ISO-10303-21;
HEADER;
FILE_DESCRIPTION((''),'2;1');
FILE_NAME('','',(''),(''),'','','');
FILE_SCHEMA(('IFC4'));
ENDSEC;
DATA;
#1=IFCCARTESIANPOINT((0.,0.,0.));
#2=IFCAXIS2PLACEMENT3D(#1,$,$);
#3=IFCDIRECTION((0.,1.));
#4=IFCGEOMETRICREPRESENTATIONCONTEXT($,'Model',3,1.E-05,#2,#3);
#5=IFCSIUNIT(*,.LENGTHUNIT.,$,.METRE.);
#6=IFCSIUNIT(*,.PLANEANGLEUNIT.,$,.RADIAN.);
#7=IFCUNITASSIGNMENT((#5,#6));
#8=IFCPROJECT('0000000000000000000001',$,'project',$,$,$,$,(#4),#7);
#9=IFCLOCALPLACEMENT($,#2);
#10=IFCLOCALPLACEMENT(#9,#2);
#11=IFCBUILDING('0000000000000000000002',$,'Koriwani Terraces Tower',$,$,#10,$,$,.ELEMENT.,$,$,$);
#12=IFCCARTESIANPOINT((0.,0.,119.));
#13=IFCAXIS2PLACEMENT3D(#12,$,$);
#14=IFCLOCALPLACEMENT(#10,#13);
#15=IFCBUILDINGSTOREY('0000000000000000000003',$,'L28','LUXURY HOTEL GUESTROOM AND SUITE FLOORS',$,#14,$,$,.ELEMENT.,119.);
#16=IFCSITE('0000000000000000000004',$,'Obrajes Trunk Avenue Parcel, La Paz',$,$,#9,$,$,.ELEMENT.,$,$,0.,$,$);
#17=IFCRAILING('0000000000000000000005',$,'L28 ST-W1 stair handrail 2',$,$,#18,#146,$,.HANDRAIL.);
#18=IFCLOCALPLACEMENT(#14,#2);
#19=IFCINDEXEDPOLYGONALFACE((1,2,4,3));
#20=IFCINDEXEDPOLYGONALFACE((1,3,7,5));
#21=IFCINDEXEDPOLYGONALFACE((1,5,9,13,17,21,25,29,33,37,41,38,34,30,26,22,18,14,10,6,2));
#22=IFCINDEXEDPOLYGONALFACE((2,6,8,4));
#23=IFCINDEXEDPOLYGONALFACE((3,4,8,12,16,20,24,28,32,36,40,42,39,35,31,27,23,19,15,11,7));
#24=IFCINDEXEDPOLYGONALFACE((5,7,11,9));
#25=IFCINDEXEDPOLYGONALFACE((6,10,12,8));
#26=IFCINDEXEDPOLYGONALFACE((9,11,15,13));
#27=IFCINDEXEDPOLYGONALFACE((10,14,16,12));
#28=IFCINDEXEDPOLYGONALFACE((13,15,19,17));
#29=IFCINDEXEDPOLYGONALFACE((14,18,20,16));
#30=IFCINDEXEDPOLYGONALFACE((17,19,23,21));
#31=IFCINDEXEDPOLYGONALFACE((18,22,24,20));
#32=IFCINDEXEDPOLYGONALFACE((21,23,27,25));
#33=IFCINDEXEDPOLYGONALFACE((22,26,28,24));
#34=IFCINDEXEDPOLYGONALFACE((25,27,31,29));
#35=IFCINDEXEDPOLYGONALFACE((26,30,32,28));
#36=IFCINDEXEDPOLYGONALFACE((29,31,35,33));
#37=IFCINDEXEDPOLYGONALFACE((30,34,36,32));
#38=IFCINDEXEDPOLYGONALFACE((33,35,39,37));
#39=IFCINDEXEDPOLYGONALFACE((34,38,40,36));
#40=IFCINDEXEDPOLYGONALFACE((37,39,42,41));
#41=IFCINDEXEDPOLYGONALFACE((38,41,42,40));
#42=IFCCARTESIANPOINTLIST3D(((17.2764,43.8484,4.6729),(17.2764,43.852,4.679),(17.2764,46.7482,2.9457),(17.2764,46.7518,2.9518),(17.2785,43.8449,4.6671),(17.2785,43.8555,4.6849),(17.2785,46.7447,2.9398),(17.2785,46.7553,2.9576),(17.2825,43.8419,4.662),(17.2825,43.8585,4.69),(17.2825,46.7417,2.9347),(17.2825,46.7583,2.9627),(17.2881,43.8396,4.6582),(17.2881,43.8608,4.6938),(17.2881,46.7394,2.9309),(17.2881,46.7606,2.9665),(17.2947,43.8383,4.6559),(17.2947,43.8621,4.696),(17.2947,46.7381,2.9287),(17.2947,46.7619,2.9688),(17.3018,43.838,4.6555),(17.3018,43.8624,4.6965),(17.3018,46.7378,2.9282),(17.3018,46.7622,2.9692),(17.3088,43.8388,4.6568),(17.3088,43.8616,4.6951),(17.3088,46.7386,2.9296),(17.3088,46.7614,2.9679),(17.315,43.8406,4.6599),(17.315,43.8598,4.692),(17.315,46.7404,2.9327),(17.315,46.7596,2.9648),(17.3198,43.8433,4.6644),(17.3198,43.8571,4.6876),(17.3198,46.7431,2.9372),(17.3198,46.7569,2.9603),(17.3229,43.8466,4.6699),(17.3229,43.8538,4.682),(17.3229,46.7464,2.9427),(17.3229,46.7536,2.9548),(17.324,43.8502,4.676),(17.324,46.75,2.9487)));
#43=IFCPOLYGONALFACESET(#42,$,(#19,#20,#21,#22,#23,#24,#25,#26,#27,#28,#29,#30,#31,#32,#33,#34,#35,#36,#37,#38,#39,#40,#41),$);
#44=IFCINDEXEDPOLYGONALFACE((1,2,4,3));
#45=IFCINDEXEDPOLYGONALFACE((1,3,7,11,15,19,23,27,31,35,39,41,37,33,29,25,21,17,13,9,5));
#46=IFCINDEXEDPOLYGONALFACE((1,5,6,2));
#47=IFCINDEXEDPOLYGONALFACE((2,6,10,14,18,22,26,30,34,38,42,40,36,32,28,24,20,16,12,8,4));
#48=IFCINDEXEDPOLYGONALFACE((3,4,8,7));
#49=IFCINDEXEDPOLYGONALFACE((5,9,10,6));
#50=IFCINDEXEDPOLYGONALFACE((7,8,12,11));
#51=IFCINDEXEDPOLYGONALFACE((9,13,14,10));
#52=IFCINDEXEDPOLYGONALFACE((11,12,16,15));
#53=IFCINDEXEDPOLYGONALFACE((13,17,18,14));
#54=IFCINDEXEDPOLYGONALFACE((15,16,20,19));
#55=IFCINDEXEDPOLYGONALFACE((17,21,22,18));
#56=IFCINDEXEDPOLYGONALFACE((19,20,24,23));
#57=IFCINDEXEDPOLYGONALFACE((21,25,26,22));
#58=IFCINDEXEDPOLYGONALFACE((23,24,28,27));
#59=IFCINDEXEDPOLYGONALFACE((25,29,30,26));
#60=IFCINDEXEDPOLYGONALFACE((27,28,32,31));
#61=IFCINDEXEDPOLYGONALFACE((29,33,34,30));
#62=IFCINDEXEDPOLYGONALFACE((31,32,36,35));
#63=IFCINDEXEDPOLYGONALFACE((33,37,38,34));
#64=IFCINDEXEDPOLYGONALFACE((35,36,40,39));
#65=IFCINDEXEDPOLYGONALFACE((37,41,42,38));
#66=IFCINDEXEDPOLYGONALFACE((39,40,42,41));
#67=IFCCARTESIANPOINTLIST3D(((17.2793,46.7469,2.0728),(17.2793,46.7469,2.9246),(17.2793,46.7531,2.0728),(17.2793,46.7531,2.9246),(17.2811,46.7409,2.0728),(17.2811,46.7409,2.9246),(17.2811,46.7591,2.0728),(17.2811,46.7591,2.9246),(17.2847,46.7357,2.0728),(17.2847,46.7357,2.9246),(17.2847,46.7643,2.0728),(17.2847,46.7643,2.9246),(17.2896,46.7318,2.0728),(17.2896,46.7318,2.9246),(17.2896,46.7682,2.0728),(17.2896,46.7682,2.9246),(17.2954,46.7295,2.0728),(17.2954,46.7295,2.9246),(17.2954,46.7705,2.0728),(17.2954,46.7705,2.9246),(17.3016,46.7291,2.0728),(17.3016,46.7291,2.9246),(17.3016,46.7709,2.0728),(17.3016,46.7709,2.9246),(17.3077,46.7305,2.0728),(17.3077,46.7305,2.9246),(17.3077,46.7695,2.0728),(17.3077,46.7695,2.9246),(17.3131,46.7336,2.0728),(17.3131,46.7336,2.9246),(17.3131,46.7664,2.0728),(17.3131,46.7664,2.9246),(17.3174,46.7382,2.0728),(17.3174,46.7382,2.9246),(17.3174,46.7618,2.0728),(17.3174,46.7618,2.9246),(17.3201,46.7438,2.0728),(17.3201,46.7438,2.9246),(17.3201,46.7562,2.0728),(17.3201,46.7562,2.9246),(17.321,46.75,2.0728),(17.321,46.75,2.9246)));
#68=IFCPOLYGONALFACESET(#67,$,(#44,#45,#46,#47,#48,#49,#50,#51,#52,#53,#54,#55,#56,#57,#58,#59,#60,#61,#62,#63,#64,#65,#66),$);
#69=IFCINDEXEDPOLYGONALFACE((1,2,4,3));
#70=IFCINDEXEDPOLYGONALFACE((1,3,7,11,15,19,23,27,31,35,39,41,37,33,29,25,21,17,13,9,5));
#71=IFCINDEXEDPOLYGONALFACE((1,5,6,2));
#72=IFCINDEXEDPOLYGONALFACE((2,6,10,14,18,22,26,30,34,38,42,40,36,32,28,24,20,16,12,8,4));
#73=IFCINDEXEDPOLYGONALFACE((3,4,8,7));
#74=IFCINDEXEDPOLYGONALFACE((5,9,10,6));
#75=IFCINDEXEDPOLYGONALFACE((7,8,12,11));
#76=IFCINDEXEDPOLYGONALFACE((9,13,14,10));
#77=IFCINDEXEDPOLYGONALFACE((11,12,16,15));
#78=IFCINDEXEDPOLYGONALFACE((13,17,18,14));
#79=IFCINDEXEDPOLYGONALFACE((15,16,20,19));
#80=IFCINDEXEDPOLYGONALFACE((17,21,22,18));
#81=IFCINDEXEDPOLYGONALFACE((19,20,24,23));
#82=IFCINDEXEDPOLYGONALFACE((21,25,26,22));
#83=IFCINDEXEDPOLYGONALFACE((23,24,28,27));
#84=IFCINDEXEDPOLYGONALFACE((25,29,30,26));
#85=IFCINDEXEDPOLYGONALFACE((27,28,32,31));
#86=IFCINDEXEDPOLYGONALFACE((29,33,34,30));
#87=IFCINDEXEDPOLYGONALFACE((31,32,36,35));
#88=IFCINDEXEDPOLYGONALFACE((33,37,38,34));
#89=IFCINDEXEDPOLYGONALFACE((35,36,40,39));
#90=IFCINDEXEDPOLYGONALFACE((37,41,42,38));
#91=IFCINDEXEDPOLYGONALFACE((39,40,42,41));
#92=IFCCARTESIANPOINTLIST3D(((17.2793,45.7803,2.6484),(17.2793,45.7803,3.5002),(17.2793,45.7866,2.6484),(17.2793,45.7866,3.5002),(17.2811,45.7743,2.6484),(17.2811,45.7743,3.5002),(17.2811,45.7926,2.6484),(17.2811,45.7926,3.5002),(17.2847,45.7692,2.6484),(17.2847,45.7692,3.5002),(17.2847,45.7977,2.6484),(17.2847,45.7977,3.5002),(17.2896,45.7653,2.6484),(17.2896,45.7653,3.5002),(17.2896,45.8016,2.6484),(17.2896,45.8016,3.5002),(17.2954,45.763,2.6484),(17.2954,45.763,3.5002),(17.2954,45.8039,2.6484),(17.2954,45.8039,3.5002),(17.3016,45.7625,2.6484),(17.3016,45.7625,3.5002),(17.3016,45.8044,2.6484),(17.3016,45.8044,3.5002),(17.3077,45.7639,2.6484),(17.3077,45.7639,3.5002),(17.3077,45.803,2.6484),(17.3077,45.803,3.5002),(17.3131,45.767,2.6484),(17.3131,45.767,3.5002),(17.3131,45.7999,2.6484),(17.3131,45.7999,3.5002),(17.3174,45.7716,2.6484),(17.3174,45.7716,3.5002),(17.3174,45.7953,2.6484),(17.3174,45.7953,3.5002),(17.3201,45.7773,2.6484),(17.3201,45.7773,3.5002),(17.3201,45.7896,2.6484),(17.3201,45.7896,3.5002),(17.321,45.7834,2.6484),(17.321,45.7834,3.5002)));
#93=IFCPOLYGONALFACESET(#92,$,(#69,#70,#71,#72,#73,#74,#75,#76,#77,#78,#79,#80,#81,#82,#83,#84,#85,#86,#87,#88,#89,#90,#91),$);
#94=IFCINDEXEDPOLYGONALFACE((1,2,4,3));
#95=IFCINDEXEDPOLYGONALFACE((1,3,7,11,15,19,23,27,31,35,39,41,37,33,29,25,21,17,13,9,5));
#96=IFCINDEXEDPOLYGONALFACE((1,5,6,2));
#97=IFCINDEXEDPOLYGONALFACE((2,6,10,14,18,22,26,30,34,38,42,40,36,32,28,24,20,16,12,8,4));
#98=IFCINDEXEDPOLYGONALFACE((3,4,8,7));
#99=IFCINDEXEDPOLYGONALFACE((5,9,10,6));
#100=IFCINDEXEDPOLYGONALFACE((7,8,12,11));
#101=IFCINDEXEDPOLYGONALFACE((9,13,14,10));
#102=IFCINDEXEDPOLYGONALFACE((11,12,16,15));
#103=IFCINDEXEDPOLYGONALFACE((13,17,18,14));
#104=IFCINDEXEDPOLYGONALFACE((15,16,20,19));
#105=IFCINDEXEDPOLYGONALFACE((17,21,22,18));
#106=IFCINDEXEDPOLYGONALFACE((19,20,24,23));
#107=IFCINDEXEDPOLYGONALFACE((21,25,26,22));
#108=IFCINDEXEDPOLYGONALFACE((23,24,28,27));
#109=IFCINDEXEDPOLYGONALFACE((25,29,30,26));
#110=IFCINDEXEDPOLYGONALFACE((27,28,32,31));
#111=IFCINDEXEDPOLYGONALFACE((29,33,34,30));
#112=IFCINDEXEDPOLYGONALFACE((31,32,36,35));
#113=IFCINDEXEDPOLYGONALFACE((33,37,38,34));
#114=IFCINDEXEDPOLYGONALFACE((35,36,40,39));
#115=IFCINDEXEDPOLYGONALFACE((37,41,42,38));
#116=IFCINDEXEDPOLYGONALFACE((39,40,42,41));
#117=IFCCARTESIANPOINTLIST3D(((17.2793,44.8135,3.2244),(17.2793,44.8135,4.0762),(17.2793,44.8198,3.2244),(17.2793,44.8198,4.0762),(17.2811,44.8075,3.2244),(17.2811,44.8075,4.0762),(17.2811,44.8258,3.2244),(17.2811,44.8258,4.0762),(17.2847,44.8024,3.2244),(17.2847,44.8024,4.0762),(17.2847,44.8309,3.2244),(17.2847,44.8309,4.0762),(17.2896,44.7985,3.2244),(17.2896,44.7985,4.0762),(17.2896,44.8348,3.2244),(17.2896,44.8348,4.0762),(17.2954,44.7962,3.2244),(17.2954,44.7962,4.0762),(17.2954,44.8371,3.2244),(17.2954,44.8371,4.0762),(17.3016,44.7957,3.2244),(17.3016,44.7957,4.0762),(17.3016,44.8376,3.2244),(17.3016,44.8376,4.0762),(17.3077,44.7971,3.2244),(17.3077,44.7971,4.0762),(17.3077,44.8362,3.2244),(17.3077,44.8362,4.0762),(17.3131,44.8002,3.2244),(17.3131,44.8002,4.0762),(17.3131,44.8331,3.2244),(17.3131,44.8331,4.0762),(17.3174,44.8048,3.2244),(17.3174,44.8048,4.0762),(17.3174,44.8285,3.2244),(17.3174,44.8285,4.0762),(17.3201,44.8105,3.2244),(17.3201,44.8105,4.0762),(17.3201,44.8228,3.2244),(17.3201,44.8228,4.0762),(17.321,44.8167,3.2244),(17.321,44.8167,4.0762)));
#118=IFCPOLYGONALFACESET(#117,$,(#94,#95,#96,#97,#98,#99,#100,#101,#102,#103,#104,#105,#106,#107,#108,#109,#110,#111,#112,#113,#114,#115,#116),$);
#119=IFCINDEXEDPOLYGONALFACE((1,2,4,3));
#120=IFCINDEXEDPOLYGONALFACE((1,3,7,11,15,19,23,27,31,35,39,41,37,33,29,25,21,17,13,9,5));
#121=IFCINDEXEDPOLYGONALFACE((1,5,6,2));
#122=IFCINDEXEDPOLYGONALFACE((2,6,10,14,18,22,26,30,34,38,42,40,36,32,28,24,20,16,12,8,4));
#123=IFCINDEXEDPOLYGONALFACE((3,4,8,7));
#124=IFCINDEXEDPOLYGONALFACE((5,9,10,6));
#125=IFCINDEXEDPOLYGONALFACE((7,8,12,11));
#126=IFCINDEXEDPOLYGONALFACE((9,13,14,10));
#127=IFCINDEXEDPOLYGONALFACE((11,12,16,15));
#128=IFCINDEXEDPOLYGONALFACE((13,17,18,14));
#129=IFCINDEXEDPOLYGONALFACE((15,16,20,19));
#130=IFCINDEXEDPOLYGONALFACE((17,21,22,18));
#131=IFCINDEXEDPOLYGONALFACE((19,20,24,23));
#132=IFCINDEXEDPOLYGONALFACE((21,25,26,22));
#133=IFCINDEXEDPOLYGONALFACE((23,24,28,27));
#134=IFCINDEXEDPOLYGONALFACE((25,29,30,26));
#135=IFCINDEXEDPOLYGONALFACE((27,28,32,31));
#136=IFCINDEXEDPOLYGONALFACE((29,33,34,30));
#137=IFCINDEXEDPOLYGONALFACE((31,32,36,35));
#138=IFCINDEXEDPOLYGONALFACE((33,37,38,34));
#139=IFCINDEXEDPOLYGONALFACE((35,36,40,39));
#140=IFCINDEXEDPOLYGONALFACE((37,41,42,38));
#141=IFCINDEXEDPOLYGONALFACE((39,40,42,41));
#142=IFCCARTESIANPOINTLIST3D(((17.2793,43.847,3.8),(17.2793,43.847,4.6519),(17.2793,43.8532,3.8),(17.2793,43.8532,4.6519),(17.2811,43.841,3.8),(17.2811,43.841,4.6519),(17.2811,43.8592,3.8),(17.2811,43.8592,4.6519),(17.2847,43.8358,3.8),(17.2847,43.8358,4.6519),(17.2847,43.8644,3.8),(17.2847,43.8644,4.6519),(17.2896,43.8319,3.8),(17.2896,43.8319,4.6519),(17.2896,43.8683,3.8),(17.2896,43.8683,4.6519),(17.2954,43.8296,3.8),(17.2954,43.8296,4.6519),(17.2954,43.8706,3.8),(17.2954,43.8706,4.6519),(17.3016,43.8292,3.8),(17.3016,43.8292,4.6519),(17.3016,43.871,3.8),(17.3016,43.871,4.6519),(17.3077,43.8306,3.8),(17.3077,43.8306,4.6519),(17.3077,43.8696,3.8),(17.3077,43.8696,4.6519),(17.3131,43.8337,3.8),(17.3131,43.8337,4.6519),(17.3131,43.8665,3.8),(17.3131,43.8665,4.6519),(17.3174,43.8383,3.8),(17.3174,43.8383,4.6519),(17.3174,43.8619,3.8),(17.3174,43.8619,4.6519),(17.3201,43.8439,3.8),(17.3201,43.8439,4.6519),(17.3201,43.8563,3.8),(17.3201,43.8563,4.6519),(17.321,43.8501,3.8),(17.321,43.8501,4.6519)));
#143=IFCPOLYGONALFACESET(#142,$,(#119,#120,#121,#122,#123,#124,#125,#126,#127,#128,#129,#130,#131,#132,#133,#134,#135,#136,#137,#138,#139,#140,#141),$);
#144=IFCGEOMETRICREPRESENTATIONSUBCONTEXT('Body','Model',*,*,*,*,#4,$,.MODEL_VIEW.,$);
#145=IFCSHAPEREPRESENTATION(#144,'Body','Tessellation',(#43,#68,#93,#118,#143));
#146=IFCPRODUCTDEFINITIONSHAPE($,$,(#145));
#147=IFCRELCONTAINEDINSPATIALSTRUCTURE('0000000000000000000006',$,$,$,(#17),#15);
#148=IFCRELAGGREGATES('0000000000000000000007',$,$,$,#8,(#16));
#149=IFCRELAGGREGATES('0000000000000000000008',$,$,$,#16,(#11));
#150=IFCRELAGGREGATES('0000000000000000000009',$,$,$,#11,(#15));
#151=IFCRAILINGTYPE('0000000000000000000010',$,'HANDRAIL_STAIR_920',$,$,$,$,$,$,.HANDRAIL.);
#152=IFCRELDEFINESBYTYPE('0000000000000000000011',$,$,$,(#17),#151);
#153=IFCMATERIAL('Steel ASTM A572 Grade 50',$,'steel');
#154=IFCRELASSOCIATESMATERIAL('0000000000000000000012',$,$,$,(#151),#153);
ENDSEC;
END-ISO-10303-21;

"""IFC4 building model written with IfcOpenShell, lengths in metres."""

from ifc_helpers import new_model, si_unit, direction, frame, origin, origin_2d, place, context, subcontext, project, spatial, circle, extrude, material, type_object, element, save


model = new_model("IFC4")

# Units and contexts
model_context = context("Model", 3, precision=1e-05, world=origin(), true_north=direction((0.0, 1.0)))
body_context = subcontext(model_context, "Body", "Model", "MODEL_VIEW")
ifc_project = project(units=[si_unit("LENGTHUNIT", "METRE"), si_unit("PLANEANGLEUNIT", "RADIAN")], contexts=[model_context])

# Site, building, storey
site_placement = place(None, origin())
site = spatial("IfcSite", under=ifc_project, at=site_placement, Name="Obrajes Trunk Avenue Parcel, La Paz", CompositionType="ELEMENT", RefElevation=0.0)
building_placement = place(site_placement, origin())
building = spatial("IfcBuilding", under=site, at=building_placement, Name="Koriwani Terraces Tower", CompositionType="ELEMENT")
storey_placement = place(building_placement, frame((0.0, 0.0, 119.0)))
storey = spatial("IfcBuildingStorey", under=building, at=storey_placement, Name="L28", Description="LUXURY HOTEL GUESTROOM AND SUITE FLOORS", CompositionType="ELEMENT", Elevation=119.0)

# Shared definitions
ifc_material_1 = material(Name="Steel ASTM A572 Grade 50", Category="steel")

# Railing
railing_type_1 = type_object("IfcRailingType", Name="HANDRAIL_STAIR_920", PredefinedType="HANDRAIL", material=ifc_material_1)
railing_1_placement = place(storey_placement, frame((17.3, 46.75, 2.0728)))
element("IfcRailing", 1, at=railing_1_placement, inside=storey, type_object=railing_type_1, Name="L28 ST-W1 stair handrail 2", PredefinedType="HANDRAIL", context=body_context, shape_type="SweptSolid", body=[
    extrude(circle(Radius=0.0239, at=origin_2d()), frame((0.0, 0.0, 0.876), z_axis=(0.0, -0.859141, 0.511738), x_axis=(1.0, 0.0, 0.0)), (0.0, 0.0, 1.0), 3.3752),
    extrude(circle(Radius=0.021, at=origin_2d()), origin(), (0.0, 0.0, 1.0), 0.8518),
    extrude(circle(Radius=0.021, at=origin_2d()), frame((0.0, -0.9666, 0.5757)), (0.0, 0.0, 1.0), 0.8518),
    extrude(circle(Radius=0.021, at=origin_2d()), frame((0.0, -1.9333, 1.1516)), (0.0, 0.0, 1.0), 0.8518),
    extrude(circle(Radius=0.021, at=origin_2d()), frame((0.0, -2.8999, 1.7273)), (0.0, 0.0, 1.0), 0.8518),
])

save(model, "model.ifc")
